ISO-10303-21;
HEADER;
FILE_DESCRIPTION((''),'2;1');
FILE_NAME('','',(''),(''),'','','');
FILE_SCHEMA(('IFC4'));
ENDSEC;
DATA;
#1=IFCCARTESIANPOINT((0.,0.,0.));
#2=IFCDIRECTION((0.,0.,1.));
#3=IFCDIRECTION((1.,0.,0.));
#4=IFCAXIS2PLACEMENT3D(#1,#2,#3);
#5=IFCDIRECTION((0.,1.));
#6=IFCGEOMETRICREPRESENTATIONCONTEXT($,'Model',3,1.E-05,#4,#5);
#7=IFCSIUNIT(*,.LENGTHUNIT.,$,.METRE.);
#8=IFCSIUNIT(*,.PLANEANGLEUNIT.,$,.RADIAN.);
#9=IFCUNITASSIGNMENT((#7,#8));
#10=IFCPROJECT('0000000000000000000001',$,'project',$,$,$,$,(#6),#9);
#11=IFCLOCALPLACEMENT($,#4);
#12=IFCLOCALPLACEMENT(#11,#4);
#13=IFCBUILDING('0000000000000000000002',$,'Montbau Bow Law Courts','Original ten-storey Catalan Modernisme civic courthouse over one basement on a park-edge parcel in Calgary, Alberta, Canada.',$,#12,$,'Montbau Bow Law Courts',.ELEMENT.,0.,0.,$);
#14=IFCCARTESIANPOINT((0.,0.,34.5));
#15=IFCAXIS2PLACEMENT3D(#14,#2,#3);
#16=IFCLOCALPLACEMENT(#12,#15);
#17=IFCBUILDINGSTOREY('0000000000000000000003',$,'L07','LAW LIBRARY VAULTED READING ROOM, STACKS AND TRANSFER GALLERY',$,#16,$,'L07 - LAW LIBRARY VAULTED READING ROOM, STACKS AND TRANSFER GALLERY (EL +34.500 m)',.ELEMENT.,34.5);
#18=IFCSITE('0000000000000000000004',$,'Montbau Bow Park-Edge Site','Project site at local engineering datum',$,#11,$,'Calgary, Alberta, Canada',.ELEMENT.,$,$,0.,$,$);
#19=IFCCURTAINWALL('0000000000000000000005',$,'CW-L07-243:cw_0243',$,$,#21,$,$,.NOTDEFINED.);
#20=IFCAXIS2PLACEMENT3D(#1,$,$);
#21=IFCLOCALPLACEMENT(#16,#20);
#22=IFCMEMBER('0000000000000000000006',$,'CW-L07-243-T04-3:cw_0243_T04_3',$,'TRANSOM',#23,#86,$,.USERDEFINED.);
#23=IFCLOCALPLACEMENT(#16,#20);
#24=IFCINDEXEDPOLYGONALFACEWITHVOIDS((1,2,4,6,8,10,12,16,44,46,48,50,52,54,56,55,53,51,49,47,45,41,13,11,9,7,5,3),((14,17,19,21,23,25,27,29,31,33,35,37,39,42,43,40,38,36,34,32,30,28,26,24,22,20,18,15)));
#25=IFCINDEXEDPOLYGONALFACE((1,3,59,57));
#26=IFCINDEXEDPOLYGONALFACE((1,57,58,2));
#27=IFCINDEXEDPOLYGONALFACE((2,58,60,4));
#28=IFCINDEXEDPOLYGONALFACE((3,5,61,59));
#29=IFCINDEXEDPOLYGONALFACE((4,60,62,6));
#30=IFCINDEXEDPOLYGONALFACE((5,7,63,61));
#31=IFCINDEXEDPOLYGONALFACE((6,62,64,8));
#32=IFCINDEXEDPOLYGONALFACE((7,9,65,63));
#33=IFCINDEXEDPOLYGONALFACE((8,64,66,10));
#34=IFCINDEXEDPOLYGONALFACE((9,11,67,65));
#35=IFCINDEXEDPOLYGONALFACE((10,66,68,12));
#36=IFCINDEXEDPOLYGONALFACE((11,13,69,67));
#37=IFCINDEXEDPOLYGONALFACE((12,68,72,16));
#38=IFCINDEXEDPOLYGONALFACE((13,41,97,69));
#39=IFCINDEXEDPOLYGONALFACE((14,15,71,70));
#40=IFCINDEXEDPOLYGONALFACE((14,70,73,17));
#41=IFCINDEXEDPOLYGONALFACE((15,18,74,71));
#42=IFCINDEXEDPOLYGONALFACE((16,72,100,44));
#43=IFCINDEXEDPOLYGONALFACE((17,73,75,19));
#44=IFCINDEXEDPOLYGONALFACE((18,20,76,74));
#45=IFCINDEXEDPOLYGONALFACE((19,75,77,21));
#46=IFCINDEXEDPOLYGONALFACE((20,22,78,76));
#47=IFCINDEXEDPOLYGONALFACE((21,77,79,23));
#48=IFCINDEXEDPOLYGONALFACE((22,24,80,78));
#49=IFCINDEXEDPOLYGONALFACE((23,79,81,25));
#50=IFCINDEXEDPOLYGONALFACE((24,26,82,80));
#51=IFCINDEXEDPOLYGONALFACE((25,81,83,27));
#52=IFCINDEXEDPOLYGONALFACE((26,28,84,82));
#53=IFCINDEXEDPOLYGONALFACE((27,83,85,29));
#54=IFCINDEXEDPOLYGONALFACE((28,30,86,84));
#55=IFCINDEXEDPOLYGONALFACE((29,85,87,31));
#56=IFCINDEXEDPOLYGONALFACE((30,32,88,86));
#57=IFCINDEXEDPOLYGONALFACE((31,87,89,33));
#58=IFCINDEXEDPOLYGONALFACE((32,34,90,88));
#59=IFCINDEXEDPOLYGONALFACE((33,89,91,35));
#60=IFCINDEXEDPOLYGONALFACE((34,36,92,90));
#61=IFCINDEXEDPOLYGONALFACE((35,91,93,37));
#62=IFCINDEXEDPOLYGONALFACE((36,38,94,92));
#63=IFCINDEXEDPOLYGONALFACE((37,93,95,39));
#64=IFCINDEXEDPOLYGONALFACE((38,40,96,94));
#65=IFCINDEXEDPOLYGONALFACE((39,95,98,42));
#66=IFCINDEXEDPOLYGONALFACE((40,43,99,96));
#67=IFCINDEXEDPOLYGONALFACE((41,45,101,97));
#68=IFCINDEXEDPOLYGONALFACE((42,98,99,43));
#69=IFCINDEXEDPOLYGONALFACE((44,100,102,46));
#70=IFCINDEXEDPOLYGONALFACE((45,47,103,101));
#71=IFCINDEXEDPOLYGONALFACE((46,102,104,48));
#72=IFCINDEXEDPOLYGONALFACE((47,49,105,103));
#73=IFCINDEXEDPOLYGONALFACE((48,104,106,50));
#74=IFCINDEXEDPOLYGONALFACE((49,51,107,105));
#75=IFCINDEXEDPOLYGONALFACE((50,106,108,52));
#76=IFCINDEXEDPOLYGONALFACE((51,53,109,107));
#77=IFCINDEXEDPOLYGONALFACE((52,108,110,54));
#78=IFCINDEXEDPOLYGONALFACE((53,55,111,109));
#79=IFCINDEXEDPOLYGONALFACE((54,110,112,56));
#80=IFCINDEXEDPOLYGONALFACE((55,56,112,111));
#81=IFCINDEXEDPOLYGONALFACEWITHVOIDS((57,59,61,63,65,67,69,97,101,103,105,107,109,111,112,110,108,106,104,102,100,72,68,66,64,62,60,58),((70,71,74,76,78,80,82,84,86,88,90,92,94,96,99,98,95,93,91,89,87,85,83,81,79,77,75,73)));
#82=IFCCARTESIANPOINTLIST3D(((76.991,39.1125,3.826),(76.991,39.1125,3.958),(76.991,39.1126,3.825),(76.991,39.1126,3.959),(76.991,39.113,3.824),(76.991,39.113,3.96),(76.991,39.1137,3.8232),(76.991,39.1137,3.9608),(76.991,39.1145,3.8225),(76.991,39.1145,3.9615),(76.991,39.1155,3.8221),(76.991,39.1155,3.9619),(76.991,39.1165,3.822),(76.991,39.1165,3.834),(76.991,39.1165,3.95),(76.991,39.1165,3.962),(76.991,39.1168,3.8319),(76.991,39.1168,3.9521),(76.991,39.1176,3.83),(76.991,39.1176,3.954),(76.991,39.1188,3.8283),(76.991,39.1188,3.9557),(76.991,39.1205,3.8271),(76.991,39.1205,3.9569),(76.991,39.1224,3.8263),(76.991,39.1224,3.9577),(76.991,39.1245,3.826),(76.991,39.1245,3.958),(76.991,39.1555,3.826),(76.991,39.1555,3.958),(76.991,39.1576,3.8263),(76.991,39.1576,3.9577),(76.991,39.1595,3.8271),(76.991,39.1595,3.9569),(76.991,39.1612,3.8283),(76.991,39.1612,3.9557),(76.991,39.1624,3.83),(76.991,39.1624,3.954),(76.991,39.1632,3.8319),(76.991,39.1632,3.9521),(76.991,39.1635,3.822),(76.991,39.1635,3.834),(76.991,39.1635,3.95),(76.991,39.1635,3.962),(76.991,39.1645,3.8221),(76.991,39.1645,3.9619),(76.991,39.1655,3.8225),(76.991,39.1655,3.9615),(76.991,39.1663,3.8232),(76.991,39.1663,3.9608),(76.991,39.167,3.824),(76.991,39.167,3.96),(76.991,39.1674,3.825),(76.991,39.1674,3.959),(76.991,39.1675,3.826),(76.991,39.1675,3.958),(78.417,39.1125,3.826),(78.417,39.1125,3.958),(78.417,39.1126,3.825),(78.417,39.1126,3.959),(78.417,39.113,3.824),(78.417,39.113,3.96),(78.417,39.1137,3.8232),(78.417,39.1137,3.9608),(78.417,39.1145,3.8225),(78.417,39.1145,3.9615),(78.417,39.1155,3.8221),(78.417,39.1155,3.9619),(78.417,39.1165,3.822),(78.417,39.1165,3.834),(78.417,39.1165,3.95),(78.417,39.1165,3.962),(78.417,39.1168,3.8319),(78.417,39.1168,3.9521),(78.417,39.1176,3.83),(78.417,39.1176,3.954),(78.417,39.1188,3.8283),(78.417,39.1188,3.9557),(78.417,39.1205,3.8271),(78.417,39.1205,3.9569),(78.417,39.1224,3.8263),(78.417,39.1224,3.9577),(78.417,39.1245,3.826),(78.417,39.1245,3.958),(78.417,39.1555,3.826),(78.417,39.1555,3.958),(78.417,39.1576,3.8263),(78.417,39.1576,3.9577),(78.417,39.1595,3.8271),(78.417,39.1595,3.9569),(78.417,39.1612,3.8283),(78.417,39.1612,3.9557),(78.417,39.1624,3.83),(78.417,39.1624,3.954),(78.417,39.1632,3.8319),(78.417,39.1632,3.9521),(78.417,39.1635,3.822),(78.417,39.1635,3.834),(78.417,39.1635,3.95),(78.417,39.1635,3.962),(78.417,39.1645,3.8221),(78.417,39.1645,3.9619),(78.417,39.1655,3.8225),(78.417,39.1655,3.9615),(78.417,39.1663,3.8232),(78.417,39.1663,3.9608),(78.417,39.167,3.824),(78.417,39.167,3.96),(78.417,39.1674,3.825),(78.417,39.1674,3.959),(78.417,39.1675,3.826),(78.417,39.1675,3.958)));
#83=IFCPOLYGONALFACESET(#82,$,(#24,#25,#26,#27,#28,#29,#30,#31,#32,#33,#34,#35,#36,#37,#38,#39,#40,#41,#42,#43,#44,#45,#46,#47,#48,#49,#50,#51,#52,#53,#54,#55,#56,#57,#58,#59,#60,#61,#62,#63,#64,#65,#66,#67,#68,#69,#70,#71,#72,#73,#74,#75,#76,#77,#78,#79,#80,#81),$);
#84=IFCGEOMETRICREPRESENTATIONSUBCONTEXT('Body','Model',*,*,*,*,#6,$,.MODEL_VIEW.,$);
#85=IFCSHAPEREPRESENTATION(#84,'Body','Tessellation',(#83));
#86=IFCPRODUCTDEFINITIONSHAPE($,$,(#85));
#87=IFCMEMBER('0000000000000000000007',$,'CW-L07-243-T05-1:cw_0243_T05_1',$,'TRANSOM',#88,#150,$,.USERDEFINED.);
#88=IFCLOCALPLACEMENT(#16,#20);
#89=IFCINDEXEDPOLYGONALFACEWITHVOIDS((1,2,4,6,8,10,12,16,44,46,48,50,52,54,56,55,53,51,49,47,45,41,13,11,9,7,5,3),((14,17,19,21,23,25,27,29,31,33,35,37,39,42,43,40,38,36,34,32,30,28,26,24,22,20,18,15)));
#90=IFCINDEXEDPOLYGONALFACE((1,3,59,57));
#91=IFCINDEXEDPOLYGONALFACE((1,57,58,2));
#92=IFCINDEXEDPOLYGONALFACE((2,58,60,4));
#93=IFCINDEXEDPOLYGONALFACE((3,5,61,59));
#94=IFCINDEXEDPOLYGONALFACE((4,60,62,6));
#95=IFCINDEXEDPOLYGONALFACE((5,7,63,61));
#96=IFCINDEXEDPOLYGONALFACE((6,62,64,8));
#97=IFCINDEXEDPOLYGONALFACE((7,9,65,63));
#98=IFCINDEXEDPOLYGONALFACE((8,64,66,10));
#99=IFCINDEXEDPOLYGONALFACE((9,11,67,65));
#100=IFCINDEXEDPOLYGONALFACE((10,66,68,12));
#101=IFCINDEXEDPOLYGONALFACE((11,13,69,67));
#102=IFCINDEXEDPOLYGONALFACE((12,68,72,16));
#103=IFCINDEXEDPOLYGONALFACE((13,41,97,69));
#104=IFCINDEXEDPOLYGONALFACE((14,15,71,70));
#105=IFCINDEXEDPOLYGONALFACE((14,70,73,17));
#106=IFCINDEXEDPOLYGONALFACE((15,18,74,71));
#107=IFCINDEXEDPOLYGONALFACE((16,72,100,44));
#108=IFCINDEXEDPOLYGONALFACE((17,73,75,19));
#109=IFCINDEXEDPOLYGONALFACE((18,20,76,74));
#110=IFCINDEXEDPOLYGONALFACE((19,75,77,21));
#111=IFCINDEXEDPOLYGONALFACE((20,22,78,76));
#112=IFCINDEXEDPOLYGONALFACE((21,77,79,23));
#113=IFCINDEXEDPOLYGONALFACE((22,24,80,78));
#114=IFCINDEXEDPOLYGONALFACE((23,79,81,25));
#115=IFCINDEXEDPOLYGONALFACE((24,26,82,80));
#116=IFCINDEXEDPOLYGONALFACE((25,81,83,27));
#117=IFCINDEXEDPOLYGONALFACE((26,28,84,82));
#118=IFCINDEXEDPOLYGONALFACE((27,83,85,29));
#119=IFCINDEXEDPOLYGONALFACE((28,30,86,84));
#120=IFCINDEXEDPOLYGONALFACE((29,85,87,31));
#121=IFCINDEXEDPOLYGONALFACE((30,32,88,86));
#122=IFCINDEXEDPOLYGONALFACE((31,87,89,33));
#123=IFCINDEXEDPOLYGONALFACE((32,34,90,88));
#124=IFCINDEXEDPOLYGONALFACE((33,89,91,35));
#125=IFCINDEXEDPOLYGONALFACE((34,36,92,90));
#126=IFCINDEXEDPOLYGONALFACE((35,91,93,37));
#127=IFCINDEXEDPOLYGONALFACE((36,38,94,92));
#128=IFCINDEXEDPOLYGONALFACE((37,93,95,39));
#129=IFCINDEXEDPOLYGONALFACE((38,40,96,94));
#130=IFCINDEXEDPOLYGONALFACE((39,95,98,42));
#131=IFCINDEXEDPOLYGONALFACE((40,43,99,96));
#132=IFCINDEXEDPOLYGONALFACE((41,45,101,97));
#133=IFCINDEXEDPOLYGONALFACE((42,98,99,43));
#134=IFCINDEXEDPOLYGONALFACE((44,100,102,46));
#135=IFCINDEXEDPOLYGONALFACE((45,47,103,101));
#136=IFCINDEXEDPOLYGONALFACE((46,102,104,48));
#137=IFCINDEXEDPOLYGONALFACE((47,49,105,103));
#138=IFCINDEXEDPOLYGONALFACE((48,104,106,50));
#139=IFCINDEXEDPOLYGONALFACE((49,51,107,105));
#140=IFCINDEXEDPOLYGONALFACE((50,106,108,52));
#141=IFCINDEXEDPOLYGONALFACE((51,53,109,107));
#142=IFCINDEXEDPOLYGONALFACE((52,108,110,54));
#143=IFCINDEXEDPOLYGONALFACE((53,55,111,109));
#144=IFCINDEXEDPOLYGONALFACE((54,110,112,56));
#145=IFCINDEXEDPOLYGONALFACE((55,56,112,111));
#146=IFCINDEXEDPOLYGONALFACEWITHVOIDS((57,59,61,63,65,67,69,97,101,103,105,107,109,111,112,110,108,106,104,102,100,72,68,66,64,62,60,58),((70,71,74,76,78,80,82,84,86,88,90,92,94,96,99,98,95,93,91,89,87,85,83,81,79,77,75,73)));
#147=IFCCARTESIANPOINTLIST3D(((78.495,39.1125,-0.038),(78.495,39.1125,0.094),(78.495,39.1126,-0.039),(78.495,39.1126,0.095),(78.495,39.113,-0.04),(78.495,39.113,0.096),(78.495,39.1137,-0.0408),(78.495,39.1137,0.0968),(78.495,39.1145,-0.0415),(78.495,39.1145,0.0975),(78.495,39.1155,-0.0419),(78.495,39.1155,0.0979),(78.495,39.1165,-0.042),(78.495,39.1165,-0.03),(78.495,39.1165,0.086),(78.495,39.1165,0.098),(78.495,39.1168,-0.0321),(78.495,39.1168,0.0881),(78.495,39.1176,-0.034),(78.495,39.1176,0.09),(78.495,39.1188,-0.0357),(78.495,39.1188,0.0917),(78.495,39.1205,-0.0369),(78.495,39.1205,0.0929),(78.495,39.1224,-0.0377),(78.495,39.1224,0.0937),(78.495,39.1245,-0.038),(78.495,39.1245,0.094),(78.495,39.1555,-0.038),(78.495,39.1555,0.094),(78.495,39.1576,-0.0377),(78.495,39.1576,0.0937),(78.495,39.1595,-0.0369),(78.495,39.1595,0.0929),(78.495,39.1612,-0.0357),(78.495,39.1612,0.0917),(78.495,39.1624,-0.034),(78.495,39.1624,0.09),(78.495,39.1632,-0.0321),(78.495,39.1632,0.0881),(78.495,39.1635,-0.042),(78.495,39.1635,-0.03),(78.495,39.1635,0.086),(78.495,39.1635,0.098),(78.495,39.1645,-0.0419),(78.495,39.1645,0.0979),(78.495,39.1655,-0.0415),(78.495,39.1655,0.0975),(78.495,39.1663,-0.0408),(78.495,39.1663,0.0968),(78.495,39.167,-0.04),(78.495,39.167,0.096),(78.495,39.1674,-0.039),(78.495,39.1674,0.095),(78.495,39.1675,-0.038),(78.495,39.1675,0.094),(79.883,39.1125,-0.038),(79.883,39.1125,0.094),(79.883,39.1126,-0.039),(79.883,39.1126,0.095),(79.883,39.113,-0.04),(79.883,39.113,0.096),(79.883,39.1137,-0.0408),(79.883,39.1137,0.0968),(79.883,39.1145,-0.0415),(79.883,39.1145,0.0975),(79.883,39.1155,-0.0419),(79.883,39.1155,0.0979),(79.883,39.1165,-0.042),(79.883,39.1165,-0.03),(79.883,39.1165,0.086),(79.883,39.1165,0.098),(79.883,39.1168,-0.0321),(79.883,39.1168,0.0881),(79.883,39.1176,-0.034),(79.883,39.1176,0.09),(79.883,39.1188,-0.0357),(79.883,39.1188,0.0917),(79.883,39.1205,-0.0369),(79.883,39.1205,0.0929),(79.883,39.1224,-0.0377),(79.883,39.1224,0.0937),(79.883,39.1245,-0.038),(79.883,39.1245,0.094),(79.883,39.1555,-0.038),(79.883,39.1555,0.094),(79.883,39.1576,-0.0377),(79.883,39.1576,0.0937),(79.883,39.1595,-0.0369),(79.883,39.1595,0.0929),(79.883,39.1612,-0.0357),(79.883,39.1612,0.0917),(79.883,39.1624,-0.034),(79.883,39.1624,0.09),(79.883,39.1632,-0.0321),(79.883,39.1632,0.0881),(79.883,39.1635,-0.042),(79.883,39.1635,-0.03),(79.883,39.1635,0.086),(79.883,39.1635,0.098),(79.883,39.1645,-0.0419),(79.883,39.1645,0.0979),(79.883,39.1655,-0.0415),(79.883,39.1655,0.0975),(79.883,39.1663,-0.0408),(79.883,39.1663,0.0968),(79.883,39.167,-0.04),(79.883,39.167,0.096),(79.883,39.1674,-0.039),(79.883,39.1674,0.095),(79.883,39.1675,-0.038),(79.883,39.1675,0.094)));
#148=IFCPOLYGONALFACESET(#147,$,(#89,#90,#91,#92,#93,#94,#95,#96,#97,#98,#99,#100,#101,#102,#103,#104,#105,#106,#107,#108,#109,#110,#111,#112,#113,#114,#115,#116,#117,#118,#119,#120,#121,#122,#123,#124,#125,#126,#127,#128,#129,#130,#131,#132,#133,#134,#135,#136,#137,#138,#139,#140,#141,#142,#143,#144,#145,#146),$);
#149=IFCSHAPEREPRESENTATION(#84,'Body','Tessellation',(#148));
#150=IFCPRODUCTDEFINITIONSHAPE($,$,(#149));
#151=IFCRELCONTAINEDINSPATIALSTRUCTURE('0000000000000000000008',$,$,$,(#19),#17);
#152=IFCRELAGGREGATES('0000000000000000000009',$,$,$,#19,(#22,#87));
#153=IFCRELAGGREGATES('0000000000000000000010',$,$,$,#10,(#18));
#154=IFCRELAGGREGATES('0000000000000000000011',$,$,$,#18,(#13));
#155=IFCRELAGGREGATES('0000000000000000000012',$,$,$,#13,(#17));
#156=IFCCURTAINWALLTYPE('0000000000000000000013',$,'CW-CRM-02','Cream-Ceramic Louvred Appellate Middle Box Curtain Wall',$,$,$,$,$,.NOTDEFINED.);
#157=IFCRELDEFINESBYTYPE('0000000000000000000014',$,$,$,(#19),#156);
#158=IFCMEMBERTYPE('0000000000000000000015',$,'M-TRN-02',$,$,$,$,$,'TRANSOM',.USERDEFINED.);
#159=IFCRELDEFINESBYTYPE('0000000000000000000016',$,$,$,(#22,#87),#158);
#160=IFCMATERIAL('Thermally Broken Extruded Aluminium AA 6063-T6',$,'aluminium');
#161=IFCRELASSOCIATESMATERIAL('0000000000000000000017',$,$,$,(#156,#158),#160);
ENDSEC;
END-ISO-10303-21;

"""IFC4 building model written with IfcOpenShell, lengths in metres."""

from ifc_helpers import new_model, si_unit, direction, frame, origin_with_axes, origin_2d_with_axis, place, context, subcontext, project, spatial, hollow_rectangle, extrude, material, material_profile, profile_set, type_object, element, aggregate, save


model = new_model("IFC4")

# Units and contexts
model_context = context("Model", 3, precision=1e-05, world=origin_with_axes(), true_north=direction((0.0, 1.0)))
body_context = subcontext(model_context, "Body", "Model", "MODEL_VIEW")
ifc_project = project(units=[si_unit("LENGTHUNIT", "METRE"), si_unit("PLANEANGLEUNIT", "RADIAN")], contexts=[model_context])

# Site, building, storey
site_placement = place(None, origin_with_axes())
site = spatial("IfcSite", under=ifc_project, at=site_placement, Name="Montbau Bow Park-Edge Site", Description="Project site at local engineering datum", LongName="Calgary, Alberta, Canada", CompositionType="ELEMENT", RefElevation=0.0)
building_placement = place(site_placement, origin_with_axes())
building = spatial("IfcBuilding", under=site, at=building_placement, Name="Montbau Bow Law Courts", Description="Original ten-storey Catalan Modernisme civic courthouse over one basement on a park-edge parcel in Calgary, Alberta, Canada.", LongName="Montbau Bow Law Courts", CompositionType="ELEMENT", ElevationOfRefHeight=0.0, ElevationOfTerrain=0.0)
storey_placement = place(building_placement, frame((0.0, 0.0, 34.5), z_axis=(0.0, 0.0, 1.0), x_axis=(1.0, 0.0, 0.0)))
storey = spatial("IfcBuildingStorey", under=building, at=storey_placement, Name="L07", Description="LAW LIBRARY VAULTED READING ROOM, STACKS AND TRANSFER GALLERY", LongName="L07 - LAW LIBRARY VAULTED READING ROOM, STACKS AND TRANSFER GALLERY (EL +34.500 m)", CompositionType="ELEMENT", Elevation=34.5)

# Curtain wall, members
ifc_material_1 = material(Name="Thermally Broken Extruded Aluminium AA 6063-T6", Category="aluminium")
curtain_wall_type = type_object("IfcCurtainWallType", Name="CW-CRM-02", Description="Cream-Ceramic Louvred Appellate Middle Box Curtain Wall", PredefinedType="NOTDEFINED", material=ifc_material_1)
curtain_wall_placement = place(None, frame((72.44, 39.14, 34.5), z_axis=(0.0, 0.0, 1.0), x_axis=(1.0, 0.0, 0.0)))
curtain_wall = element("IfcCurtainWall", 1, at=curtain_wall_placement, inside=storey, type_object=curtain_wall_type, Name="CW-L07-243:cw_0243", PredefinedType="NOTDEFINED")
ifc_material_profile_1 = material_profile(ifc_material_1, hollow_rectangle(XDim=0.055, YDim=0.14, WallThickness=0.004, InnerFilletRadius=0.008, OuterFilletRadius=0.004, at=origin_2d_with_axis()), Name="CWT-140X55", Category="Main", Priority=0)
ifc_profile_set_1 = profile_set([ifc_material_profile_1], Name="Thermally Broken Extruded Aluminium AA 6063-T6")
member_type_1 = type_object("IfcMemberType", Name="M-TRN-02", ElementType="TRANSOM", PredefinedType="USERDEFINED", material=ifc_profile_set_1)
member_1_placement = place(None, frame((76.991, 39.14, 38.392), z_axis=(1.0, 0.0, 0.0), x_axis=(0.0, 1.0, 0.0)))
member_1 = element("IfcMember", 2, at=member_1_placement, type_object=member_type_1, Name="CW-L07-243-T04-3:cw_0243_T04_3", ObjectType="TRANSOM", PredefinedType="USERDEFINED", context=body_context, shape_type="SweptSolid", body=[
    extrude(hollow_rectangle(XDim=0.055, YDim=0.14, WallThickness=0.004, InnerFilletRadius=0.008, OuterFilletRadius=0.004, at=origin_2d_with_axis()), origin_with_axes(), (0.0, 0.0, 1.0), 1.426),
])
member_2_placement = place(None, frame((78.495, 39.14, 34.528), z_axis=(1.0, 0.0, 0.0), x_axis=(0.0, 1.0, 0.0)))
member_2 = element("IfcMember", 3, at=member_2_placement, type_object=member_type_1, Name="CW-L07-243-T05-1:cw_0243_T05_1", ObjectType="TRANSOM", PredefinedType="USERDEFINED", context=body_context, shape_type="SweptSolid", body=[
    extrude(hollow_rectangle(XDim=0.055, YDim=0.14, WallThickness=0.004, InnerFilletRadius=0.008, OuterFilletRadius=0.004, at=origin_2d_with_axis()), origin_with_axes(), (0.0, 0.0, 1.0), 1.388),
])
aggregate(curtain_wall, [member_1, member_2])

save(model, "model.ifc")
